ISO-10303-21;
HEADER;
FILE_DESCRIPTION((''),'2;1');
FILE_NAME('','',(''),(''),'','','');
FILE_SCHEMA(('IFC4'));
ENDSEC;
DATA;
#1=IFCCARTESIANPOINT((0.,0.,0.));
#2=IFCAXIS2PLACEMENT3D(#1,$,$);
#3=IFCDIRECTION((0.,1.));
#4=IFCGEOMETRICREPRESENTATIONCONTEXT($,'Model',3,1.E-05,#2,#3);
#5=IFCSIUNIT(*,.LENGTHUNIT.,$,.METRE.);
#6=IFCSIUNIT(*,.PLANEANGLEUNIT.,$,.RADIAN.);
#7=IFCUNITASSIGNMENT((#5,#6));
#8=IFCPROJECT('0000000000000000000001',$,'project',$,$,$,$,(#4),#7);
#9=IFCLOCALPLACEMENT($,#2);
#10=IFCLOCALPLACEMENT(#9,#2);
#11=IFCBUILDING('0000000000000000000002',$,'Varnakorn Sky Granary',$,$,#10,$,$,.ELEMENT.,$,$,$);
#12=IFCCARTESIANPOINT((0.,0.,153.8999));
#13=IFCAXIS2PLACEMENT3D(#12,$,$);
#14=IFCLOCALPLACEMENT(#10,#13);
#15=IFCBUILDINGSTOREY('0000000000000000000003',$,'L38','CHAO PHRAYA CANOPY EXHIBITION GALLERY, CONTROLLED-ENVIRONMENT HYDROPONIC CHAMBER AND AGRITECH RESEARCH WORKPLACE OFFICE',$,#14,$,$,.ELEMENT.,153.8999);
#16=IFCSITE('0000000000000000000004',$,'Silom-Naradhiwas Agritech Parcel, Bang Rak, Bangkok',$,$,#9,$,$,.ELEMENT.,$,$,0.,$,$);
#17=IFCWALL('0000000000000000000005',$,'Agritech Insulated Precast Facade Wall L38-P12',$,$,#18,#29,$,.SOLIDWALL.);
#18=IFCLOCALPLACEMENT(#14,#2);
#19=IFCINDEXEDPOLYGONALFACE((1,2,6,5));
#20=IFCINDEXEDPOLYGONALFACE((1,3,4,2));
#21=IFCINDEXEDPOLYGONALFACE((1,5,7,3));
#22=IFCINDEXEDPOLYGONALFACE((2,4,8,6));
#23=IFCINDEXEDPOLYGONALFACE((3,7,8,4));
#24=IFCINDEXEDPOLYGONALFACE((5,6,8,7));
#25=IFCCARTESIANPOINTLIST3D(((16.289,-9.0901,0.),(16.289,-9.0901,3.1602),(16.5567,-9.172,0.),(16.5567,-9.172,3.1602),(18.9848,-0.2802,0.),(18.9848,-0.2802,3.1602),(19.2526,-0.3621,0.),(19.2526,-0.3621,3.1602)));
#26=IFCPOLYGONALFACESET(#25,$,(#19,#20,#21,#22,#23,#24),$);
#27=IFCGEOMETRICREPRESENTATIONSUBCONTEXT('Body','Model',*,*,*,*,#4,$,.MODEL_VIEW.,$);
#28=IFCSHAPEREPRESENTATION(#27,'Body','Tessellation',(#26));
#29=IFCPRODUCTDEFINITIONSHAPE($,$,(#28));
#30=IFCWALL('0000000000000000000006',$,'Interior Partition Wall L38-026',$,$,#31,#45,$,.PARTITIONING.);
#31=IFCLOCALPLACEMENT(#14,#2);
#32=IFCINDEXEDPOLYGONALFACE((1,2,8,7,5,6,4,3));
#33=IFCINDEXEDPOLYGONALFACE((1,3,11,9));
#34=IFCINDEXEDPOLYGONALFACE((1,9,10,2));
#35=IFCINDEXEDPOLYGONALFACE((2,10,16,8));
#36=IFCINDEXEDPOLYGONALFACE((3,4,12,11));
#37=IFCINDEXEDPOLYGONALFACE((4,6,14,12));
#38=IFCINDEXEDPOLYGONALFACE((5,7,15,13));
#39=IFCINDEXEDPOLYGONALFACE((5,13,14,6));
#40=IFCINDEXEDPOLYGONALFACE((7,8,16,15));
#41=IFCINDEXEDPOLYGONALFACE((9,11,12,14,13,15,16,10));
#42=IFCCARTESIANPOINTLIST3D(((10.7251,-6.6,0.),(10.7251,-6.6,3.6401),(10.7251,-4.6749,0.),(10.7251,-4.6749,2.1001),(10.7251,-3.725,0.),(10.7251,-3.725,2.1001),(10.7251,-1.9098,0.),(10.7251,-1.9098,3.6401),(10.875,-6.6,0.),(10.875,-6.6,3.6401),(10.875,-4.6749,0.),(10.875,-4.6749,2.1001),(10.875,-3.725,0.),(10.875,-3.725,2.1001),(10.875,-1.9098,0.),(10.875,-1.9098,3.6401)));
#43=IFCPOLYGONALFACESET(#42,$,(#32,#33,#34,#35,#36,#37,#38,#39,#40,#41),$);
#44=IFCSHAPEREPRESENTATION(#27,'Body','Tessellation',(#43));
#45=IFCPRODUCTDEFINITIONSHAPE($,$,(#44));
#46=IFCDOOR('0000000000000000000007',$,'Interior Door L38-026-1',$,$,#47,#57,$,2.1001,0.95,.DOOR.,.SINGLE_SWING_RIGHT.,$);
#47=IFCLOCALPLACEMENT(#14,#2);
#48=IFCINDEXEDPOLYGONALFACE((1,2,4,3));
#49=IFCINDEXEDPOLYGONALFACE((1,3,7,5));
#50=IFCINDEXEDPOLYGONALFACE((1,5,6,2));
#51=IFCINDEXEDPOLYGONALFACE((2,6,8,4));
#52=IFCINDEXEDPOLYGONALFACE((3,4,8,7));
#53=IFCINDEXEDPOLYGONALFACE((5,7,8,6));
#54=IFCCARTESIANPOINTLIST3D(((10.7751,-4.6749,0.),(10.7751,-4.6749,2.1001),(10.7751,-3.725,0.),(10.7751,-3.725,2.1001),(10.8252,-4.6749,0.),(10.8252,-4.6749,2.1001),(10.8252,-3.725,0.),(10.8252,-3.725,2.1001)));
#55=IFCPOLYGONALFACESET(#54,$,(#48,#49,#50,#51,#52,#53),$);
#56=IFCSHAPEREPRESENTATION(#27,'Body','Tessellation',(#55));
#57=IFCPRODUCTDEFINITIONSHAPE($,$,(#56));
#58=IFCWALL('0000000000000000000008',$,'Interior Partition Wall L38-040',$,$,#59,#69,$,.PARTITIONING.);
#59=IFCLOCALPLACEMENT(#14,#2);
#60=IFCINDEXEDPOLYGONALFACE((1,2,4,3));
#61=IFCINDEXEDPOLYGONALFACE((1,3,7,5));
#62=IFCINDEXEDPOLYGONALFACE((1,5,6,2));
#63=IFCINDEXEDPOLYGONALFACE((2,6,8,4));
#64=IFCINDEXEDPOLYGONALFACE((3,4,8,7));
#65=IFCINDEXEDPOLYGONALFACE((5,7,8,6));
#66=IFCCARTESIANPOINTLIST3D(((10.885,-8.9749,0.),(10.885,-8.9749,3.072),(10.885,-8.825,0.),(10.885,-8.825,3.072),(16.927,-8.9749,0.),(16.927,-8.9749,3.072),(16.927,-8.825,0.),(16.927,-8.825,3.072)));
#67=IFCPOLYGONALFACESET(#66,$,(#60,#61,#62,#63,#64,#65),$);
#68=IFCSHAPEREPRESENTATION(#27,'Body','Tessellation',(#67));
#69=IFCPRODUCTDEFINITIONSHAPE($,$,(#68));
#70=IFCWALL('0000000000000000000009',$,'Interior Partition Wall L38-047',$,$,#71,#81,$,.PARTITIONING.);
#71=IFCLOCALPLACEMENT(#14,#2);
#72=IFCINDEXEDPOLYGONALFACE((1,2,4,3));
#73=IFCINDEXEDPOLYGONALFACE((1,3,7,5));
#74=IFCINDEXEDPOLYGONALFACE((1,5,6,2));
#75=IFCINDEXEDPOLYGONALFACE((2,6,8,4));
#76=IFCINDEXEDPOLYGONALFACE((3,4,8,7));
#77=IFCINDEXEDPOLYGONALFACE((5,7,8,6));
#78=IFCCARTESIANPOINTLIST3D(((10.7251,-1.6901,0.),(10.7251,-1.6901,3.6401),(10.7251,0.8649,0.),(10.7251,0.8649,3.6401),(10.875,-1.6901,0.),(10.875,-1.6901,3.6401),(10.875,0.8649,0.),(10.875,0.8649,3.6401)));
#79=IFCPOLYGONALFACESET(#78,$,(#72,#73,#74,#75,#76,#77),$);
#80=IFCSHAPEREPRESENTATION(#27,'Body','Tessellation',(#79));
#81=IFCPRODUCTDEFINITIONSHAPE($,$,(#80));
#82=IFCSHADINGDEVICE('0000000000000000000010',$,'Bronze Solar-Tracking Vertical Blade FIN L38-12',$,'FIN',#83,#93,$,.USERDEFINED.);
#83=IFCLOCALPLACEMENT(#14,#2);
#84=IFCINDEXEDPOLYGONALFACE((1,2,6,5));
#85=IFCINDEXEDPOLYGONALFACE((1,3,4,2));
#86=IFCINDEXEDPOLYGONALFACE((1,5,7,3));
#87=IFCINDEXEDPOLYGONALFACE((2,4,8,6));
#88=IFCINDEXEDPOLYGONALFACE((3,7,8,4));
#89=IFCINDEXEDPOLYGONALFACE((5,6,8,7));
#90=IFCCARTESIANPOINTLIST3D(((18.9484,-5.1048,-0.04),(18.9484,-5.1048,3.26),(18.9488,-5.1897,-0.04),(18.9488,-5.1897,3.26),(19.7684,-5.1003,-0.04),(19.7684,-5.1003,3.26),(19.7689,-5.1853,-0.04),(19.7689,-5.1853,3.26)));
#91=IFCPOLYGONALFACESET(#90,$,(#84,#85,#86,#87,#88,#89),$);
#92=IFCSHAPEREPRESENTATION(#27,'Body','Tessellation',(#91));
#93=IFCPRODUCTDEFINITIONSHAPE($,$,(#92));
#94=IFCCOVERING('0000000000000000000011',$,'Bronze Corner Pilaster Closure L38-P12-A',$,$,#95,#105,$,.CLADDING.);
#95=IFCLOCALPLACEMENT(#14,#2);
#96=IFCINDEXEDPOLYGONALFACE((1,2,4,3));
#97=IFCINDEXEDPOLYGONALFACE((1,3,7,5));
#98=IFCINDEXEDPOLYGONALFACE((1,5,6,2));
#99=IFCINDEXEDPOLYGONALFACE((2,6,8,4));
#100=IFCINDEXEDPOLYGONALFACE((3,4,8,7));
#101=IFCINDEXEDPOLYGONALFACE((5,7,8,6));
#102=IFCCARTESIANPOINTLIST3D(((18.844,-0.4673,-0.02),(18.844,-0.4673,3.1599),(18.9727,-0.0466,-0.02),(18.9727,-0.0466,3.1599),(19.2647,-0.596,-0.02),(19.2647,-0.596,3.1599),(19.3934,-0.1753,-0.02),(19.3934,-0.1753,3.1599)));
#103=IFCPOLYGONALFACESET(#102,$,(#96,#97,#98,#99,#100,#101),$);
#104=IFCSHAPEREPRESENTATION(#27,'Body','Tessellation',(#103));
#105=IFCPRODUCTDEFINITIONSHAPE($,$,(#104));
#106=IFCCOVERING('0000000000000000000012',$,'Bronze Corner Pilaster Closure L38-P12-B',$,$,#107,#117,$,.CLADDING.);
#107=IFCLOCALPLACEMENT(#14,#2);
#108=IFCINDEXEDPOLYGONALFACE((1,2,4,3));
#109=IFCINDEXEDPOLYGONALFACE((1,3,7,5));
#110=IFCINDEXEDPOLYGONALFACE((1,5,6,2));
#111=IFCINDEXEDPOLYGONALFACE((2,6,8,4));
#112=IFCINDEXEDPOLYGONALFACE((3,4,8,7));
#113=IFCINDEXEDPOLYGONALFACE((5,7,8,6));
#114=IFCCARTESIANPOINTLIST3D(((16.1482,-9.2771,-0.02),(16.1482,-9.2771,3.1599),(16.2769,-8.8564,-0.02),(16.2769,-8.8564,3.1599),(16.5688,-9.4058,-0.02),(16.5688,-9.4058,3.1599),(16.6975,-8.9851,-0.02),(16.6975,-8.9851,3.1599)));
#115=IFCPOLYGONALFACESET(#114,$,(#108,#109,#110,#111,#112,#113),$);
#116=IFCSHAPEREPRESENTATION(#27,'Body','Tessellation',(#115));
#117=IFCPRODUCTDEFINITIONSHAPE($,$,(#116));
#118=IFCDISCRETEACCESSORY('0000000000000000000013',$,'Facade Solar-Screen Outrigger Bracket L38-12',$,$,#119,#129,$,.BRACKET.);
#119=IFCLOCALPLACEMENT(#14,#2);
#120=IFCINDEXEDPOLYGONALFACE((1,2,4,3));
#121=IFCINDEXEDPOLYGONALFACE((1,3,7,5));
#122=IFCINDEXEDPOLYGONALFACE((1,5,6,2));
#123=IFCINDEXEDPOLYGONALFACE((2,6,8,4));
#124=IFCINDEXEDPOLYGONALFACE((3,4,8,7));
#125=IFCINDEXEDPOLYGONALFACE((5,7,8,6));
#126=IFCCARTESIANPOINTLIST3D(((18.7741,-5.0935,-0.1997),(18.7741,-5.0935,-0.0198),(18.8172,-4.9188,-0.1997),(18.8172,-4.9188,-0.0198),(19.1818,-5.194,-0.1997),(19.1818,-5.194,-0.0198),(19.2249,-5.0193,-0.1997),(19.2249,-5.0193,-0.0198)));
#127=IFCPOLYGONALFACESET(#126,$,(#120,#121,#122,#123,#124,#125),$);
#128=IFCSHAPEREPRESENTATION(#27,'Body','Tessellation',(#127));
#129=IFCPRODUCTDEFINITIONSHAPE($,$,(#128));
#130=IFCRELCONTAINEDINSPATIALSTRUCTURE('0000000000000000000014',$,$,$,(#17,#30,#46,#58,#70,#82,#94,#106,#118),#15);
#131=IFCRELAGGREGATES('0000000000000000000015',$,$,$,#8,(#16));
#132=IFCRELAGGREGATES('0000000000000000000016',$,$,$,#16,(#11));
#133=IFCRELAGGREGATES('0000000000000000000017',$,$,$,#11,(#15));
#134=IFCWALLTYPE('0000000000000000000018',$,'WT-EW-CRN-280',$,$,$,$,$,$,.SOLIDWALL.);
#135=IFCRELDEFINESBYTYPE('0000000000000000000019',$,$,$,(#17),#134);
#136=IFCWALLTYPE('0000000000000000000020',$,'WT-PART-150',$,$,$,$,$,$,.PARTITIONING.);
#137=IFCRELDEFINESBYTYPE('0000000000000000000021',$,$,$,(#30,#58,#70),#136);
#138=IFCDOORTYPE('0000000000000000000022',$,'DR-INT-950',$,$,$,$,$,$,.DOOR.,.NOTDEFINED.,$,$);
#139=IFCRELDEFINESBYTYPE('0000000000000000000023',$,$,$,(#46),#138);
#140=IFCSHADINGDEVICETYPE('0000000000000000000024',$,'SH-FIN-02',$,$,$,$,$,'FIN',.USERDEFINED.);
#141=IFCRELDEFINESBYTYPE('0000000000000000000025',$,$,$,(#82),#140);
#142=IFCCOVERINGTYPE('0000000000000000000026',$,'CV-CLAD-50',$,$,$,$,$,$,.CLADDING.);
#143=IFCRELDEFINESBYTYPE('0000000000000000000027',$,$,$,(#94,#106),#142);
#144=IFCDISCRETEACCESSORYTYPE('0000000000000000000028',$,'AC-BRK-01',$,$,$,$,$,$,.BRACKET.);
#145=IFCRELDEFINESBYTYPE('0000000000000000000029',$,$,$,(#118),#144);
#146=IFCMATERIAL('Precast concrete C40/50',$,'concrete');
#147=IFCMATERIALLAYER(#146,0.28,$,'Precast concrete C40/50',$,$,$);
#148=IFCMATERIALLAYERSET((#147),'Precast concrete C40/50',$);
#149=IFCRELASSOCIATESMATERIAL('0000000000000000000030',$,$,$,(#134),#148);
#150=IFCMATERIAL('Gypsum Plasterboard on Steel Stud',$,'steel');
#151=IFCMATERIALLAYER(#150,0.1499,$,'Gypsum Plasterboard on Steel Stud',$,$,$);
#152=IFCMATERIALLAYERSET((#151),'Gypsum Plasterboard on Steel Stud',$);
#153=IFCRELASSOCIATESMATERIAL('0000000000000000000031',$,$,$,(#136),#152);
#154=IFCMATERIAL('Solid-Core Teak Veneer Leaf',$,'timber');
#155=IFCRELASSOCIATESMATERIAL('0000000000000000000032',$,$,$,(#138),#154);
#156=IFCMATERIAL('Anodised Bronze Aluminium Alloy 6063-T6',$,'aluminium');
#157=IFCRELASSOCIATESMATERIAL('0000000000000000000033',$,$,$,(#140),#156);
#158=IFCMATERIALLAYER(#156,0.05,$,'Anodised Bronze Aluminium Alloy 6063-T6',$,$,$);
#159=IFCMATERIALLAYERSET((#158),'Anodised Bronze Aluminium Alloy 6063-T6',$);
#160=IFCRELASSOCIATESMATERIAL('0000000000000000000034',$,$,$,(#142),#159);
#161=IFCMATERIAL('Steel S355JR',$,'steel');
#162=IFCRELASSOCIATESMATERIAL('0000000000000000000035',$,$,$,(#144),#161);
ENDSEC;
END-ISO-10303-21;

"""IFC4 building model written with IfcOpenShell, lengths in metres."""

from ifc_helpers import new_model, si_unit, direction, frame, frame_2d, origin, origin_2d, place, context, subcontext, project, spatial, rectangle, extrude, source, transform, mapped, material, layer, layer_set, type_object, type_shapes, element, fill, save


model = new_model("IFC4")

# Units and contexts
model_context = context("Model", 3, precision=1e-05, world=origin(), true_north=direction((0.0, 1.0)))
body_context = subcontext(model_context, "Body", "Model", "MODEL_VIEW")
ifc_project = project(units=[si_unit("LENGTHUNIT", "METRE"), si_unit("PLANEANGLEUNIT", "RADIAN")], contexts=[model_context])

# Site, building, storey
site_placement = place(None, origin())
site = spatial("IfcSite", under=ifc_project, at=site_placement, Name="Silom-Naradhiwas Agritech Parcel, Bang Rak, Bangkok", CompositionType="ELEMENT", RefElevation=0.0)
building_placement = place(site_placement, origin())
building = spatial("IfcBuilding", under=site, at=building_placement, Name="Varnakorn Sky Granary", CompositionType="ELEMENT")
storey_placement = place(building_placement, frame((0.0, 0.0, 153.8999)))
storey = spatial("IfcBuildingStorey", under=building, at=storey_placement, Name="L38", Description="CHAO PHRAYA CANOPY EXHIBITION GALLERY, CONTROLLED-ENVIRONMENT HYDROPONIC CHAMBER AND AGRITECH RESEARCH WORKPLACE OFFICE", CompositionType="ELEMENT", Elevation=153.8999)

# Shared definitions
ifc_material_1 = material(Name="Steel S355JR", Category="steel")

# Shared definitions
ifc_material_2 = material(Name="Anodised Bronze Aluminium Alloy 6063-T6", Category="aluminium")

# Wall
ifc_material_3 = material(Name="Precast concrete C40/50", Category="concrete")
ifc_layer_1 = layer(ifc_material_3, 0.28, Name="Precast concrete C40/50")
ifc_layer_set_1 = layer_set([ifc_layer_1], Name="Precast concrete C40/50")
wall_type_1 = type_object("IfcWallType", Name="WT-EW-CRN-280", PredefinedType="SOLIDWALL", material=ifc_layer_set_1)
wall_1_placement = place(storey_placement, frame((19.1187, -0.3213, 0.0), z_axis=(0.0, 0.0, 1.0), x_axis=(-0.292607, -0.956233, 0.0)))
element("IfcWall", 1, at=wall_1_placement, inside=storey, type_object=wall_type_1, Name="Agritech Insulated Precast Facade Wall L38-P12", PredefinedType="SOLIDWALL", context=body_context, shape_type="SweptSolid", body=[
    extrude(rectangle(XDim=9.2131, YDim=0.28, at=frame_2d((4.6064, 0.0))), origin(), (0.0, 0.0, 1.0), 3.1602),
])

# Wall, opening, door
ifc_material_4 = material(Name="Gypsum Plasterboard on Steel Stud", Category="steel")
ifc_layer_2 = layer(ifc_material_4, 0.1499, Name="Gypsum Plasterboard on Steel Stud")
ifc_layer_set_2 = layer_set([ifc_layer_2], Name="Gypsum Plasterboard on Steel Stud")
wall_type_2 = type_object("IfcWallType", Name="WT-PART-150", PredefinedType="PARTITIONING", material=ifc_layer_set_2)
wall_2_placement = place(storey_placement, frame((10.8, -6.6001, 0.0), z_axis=(0.0, 0.0, 1.0), x_axis=(0.0, 1.0, 0.0)))
wall_2 = element("IfcWall", 2, at=wall_2_placement, inside=storey, type_object=wall_type_2, Name="Interior Partition Wall L38-026", PredefinedType="PARTITIONING", context=body_context, shape_type="SweptSolid", body=[
    extrude(rectangle(XDim=4.6902, YDim=0.1499, at=frame_2d((2.3452, 0.0))), origin(), (0.0, 0.0, 1.0), 3.6401),
])
opening_placement = place(wall_2_placement, frame((1.925, 0.0, 0.0)))
opening = element("IfcOpeningElement", 3, at=opening_placement, cuts=wall_2, PredefinedType="OPENING", context=body_context, shape_type="SweptSolid", body=[
    extrude(rectangle(XDim=0.95, YDim=2.1001, at=frame_2d((0.4751, 1.05))), frame((0.0, 0.085, 0.0), z_axis=(0.0, -1.0, 0.0), x_axis=(1.0, 0.0, 0.0)), (0.0, 0.0, 1.0), 0.1699),
])
ifc_material_5 = material(Name="Solid-Core Teak Veneer Leaf", Category="timber")
door_type = type_object("IfcDoorType", Name="DR-INT-950", OperationType="NOTDEFINED", PredefinedType="DOOR", material=ifc_material_5)
door_placement = place(opening_placement, origin())
door = element("IfcDoor", 4, at=door_placement, inside=storey, type_object=door_type, Name="Interior Door L38-026-1", OperationType="SINGLE_SWING_RIGHT", OverallHeight=2.1001, OverallWidth=0.95, PredefinedType="DOOR", context=body_context, shape_type="SweptSolid", body=[
    extrude(rectangle(XDim=0.95, YDim=2.1001, at=frame_2d((0.4751, 1.05))), frame((0.0, 0.0249, 0.0), z_axis=(0.0, -1.0, 0.0), x_axis=(1.0, 0.0, 0.0)), (0.0, 0.0, 1.0), 0.05),
])
fill(opening, door)

# Walls
wall_3_placement = place(storey_placement, frame((10.885, -8.8999, 0.0), z_axis=(0.0, 0.0, 1.0), x_axis=(1.0, 0.0, 0.0)))
element("IfcWall", 5, at=wall_3_placement, inside=storey, type_object=wall_type_2, Name="Interior Partition Wall L38-040", PredefinedType="PARTITIONING", context=body_context, shape_type="SweptSolid", body=[
    extrude(rectangle(XDim=6.042, YDim=0.1499, at=frame_2d((3.021, 0.0))), origin(), (0.0, 0.0, 1.0), 3.072),
])
wall_4_placement = place(storey_placement, frame((10.8, -1.6899, 0.0), z_axis=(0.0, 0.0, 1.0), x_axis=(0.0, 1.0, 0.0)))
element("IfcWall", 6, at=wall_4_placement, inside=storey, type_object=wall_type_2, Name="Interior Partition Wall L38-047", PredefinedType="PARTITIONING", context=body_context, shape_type="SweptSolid", body=[
    extrude(rectangle(XDim=2.5549, YDim=0.1499, at=frame_2d((1.2773, 0.0))), origin(), (0.0, 0.0, 1.0), 3.6401),
])

# Shading device
shading_device_type = type_object("IfcShadingDeviceType", Name="SH-FIN-02", ElementType="FIN", PredefinedType="USERDEFINED", material=ifc_material_2)
shared_shape_1 = source(origin(), body_context, "Body", "SweptSolid", [
    extrude(rectangle(XDim=0.085, YDim=0.8201, at=origin_2d()), origin(), (0.0, 0.0, 1.0), 3.3),
])
type_shapes(shading_device_type, [shared_shape_1])
shading_device_placement = place(storey_placement, frame((19.3586, -5.145, -0.04), z_axis=(0.0, 0.0, 1.0), x_axis=(-0.005393, 0.999985, 0.0)))
element("IfcShadingDevice", 7, at=shading_device_placement, inside=storey, type_object=shading_device_type, Name="Bronze Solar-Tracking Vertical Blade FIN L38-12", ObjectType="FIN", PredefinedType="USERDEFINED", context=body_context, shape_type="MappedRepresentation", body=[
    mapped(shared_shape_1, transform((0.0, 0.0, 0.0), x_axis=(1.0, 0.0, 0.0), y_axis=(0.0, 1.0, 0.0), z_axis=(0.0, 0.0, 1.0), scale=1.0)),
])

# Coverings
ifc_layer_3 = layer(ifc_material_2, 0.05, Name="Anodised Bronze Aluminium Alloy 6063-T6")
ifc_layer_set_3 = layer_set([ifc_layer_3], Name="Anodised Bronze Aluminium Alloy 6063-T6")
covering_type = type_object("IfcCoveringType", Name="CV-CLAD-50", PredefinedType="CLADDING", material=ifc_layer_set_3)
shared_shape_2 = source(origin(), body_context, "Body", "SweptSolid", [
    extrude(rectangle(XDim=0.4399, YDim=0.4399, at=origin_2d()), origin(), (0.0, 0.0, 1.0), 3.1799),
])
type_shapes(covering_type, [shared_shape_2])
for number, where, z_axis, x_axis, name in (
    (8, (19.1187, -0.3213, -0.02), (0.0, 0.0, 1.0), (-0.292539, -0.956254, 0.0), "Bronze Corner Pilaster Closure L38-P12-A"),
    (9, (16.4229, -9.1311, -0.02), (0.0, 0.0, 1.0), (-0.292539, -0.956254, 0.0), "Bronze Corner Pilaster Closure L38-P12-B"),
):
    element("IfcCovering", number, at=place(storey_placement, frame(where, z_axis=z_axis, x_axis=x_axis)), inside=storey, type_object=covering_type, Name=name, PredefinedType="CLADDING", context=body_context, shape_type="MappedRepresentation", body=[
        mapped(shared_shape_2, transform((0.0, 0.0, 0.0), x_axis=(1.0, 0.0, 0.0), y_axis=(0.0, 1.0, 0.0), z_axis=(0.0, 0.0, 1.0), scale=1.0)),
    ])

# Discrete accessory
discrete_accessory_type = type_object("IfcDiscreteAccessoryType", Name="AC-BRK-01", PredefinedType="BRACKET", material=ifc_material_1)
shared_shape_3 = source(origin(), body_context, "Body", "SweptSolid", [
    extrude(rectangle(XDim=0.1799, YDim=0.4199, at=origin_2d()), origin(), (0.0, 0.0, 1.0), 0.1799),
])
type_shapes(discrete_accessory_type, [shared_shape_3])
discrete_accessory_placement = place(storey_placement, frame((18.9995, -5.0564, -0.1997), z_axis=(0.0, 0.0, 1.0), x_axis=(0.239479, 0.970901, 0.0)))
element("IfcDiscreteAccessory", 10, at=discrete_accessory_placement, inside=storey, type_object=discrete_accessory_type, Name="Facade Solar-Screen Outrigger Bracket L38-12", PredefinedType="BRACKET", context=body_context, shape_type="MappedRepresentation", body=[
    mapped(shared_shape_3, transform((0.0, 0.0, 0.0), x_axis=(1.0, 0.0, 0.0), y_axis=(0.0, 1.0, 0.0), z_axis=(0.0, 0.0, 1.0), scale=1.0)),
])

save(model, "model.ifc")
